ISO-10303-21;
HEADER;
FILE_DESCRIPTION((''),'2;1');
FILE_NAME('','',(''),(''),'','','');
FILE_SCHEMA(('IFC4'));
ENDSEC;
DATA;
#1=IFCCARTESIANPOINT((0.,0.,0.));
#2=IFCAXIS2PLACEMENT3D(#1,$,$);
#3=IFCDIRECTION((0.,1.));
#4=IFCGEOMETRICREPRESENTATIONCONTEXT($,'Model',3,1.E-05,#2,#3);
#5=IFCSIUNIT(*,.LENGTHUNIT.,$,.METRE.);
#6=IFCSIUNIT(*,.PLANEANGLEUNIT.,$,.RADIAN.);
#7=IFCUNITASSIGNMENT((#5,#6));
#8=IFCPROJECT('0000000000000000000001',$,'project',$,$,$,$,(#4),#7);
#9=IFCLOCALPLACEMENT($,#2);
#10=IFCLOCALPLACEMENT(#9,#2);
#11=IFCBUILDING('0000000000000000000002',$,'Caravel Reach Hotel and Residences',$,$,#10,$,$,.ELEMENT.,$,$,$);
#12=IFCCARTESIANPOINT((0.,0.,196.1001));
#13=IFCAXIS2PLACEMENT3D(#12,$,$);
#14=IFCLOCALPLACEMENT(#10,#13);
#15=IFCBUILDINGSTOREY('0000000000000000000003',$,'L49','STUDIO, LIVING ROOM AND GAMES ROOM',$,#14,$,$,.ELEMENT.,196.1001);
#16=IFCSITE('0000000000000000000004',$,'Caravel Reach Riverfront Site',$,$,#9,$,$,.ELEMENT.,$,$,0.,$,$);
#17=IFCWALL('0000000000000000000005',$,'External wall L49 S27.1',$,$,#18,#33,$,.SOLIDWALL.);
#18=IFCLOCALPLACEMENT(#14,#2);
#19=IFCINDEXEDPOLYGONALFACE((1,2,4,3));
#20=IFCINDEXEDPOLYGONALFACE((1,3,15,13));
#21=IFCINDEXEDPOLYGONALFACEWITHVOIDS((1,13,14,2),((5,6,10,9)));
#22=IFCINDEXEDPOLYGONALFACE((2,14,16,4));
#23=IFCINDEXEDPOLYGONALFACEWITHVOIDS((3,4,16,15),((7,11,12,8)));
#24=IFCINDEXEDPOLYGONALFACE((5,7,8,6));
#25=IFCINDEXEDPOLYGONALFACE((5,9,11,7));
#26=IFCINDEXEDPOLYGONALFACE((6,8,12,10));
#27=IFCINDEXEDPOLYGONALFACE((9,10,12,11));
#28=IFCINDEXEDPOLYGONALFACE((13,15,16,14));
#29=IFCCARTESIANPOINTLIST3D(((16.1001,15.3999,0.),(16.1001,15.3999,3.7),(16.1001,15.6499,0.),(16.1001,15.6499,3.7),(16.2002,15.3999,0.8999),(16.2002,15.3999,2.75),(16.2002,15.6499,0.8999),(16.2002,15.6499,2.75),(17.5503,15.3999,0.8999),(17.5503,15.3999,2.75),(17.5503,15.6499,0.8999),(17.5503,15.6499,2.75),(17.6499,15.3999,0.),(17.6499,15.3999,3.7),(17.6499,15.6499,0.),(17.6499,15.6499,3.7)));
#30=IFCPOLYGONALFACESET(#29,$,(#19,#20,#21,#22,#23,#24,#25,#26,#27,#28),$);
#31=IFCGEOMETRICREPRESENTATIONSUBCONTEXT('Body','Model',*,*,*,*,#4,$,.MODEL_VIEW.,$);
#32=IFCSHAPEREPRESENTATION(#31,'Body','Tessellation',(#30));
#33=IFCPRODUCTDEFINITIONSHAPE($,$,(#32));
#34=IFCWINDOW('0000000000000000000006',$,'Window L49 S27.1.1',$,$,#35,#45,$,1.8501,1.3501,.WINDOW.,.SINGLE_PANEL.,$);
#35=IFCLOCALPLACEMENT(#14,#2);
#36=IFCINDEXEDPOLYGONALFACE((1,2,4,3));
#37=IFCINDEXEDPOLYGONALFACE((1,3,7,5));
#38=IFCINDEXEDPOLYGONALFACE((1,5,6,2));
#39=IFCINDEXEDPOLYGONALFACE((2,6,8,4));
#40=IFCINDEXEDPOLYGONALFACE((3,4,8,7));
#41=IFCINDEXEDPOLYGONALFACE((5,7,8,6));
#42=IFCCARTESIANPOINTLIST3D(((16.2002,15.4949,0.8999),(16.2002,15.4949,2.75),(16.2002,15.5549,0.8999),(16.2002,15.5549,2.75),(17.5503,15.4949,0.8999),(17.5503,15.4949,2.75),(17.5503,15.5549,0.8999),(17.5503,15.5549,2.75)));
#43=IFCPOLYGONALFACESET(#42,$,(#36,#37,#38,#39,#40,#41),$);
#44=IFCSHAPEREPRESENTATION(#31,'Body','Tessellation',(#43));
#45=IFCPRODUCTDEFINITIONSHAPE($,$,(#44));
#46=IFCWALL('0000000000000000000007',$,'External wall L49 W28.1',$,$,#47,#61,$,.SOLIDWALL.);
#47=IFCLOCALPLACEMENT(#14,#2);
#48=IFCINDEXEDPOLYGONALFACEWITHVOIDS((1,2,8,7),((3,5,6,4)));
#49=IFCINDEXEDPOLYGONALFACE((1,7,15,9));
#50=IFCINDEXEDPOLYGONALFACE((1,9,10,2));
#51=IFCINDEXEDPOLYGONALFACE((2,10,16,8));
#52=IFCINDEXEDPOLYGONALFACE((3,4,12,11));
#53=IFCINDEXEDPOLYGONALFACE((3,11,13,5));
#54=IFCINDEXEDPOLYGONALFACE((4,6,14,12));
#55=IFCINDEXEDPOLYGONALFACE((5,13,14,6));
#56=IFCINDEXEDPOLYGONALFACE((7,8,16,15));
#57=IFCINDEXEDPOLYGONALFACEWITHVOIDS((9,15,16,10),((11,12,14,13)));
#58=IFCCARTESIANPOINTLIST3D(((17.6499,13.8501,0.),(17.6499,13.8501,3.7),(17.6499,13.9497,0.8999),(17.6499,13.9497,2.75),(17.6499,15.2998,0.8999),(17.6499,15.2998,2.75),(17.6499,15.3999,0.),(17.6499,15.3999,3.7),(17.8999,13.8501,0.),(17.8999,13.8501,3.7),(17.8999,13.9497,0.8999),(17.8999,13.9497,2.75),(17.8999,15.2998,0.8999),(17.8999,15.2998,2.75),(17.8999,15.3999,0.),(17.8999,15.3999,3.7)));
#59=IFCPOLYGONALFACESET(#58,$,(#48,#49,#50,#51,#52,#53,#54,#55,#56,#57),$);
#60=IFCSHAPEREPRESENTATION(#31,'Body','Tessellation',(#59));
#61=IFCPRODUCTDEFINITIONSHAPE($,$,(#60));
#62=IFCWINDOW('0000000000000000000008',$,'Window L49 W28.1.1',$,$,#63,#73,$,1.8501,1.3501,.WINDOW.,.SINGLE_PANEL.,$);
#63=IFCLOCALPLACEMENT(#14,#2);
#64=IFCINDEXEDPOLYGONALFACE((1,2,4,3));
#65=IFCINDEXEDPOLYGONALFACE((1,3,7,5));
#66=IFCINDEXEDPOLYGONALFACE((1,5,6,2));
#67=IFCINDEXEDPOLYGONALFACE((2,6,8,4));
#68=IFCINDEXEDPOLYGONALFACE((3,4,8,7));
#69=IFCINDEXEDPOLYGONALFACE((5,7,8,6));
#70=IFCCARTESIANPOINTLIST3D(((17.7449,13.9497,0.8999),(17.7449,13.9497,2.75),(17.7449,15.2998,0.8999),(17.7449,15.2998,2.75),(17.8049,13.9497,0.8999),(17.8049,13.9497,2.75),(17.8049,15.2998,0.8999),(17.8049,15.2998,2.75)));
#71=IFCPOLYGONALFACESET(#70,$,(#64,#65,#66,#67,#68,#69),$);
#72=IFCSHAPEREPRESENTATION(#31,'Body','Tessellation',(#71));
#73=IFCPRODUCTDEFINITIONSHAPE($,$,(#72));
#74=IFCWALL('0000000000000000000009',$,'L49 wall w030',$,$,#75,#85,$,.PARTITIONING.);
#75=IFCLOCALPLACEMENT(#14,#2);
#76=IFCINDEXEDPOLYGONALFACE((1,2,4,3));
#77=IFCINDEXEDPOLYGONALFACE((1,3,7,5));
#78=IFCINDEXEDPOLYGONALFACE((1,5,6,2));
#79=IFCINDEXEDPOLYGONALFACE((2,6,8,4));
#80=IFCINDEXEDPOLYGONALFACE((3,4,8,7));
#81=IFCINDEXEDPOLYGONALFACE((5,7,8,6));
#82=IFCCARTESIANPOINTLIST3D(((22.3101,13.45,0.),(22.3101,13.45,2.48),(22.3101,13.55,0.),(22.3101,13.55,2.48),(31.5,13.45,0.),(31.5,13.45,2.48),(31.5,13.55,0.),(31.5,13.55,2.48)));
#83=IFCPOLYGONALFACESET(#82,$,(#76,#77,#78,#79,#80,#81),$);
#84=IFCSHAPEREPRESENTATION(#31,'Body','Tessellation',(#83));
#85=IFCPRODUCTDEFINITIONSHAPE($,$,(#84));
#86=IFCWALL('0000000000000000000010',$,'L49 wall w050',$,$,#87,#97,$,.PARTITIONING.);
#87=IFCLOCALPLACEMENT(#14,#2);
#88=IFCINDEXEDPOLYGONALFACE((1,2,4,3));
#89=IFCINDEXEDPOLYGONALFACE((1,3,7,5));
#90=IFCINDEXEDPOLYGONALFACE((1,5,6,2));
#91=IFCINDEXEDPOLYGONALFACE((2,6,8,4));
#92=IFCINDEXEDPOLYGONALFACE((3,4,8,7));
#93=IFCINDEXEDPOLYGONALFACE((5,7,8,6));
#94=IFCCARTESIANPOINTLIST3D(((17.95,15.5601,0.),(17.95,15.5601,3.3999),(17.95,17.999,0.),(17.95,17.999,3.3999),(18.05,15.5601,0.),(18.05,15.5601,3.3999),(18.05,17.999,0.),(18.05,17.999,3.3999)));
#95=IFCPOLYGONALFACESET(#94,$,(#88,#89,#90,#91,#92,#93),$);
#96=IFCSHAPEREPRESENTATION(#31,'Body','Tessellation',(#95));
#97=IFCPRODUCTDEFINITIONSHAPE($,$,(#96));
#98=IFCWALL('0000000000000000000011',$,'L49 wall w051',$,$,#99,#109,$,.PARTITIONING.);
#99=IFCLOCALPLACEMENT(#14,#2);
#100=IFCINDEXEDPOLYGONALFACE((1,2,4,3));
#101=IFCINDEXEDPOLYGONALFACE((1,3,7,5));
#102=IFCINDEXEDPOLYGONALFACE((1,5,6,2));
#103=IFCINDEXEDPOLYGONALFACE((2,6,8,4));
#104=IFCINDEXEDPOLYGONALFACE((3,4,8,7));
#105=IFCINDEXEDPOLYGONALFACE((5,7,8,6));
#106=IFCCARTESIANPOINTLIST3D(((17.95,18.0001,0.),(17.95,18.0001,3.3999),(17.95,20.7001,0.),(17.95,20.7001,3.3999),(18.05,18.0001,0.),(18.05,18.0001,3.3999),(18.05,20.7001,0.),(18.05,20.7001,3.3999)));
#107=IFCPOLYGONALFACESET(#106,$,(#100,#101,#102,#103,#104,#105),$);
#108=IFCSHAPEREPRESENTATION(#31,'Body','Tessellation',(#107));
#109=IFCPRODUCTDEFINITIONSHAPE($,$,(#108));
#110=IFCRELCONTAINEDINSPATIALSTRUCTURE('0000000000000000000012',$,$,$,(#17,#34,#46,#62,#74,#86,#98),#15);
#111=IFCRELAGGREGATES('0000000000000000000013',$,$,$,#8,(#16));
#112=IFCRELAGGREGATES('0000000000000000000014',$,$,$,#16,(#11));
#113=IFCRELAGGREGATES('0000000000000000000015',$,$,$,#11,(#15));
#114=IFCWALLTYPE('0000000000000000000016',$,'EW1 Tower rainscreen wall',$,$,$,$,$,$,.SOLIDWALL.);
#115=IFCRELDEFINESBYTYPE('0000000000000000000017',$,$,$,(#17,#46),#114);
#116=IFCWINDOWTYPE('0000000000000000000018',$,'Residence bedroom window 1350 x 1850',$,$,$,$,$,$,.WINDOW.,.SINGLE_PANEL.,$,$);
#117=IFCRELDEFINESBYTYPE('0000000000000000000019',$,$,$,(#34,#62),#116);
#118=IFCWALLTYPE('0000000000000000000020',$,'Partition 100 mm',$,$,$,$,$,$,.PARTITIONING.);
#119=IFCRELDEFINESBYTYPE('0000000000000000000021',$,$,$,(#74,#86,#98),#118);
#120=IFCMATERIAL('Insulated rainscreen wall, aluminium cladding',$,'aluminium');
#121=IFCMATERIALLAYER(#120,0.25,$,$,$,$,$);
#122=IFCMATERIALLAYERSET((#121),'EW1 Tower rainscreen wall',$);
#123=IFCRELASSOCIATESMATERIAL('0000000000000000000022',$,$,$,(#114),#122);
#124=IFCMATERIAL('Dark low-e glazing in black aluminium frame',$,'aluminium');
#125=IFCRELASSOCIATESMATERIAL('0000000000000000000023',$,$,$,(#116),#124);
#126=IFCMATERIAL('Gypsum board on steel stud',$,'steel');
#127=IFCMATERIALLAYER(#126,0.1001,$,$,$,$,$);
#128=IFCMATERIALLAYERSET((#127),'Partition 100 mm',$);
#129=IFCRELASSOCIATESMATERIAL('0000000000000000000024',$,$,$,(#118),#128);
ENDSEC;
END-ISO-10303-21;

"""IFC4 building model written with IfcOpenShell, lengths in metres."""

from ifc_helpers import new_model, si_unit, direction, frame, frame_2d, origin, place, context, subcontext, project, spatial, rectangle, extrude, material, layer, layer_set, type_object, element, fill, save


model = new_model("IFC4")

# Units and contexts
model_context = context("Model", 3, precision=1e-05, world=origin(), true_north=direction((0.0, 1.0)))
body_context = subcontext(model_context, "Body", "Model", "MODEL_VIEW")
ifc_project = project(units=[si_unit("LENGTHUNIT", "METRE"), si_unit("PLANEANGLEUNIT", "RADIAN")], contexts=[model_context])

# Site, building, storey
site_placement = place(None, origin())
site = spatial("IfcSite", under=ifc_project, at=site_placement, Name="Caravel Reach Riverfront Site", CompositionType="ELEMENT", RefElevation=0.0)
building_placement = place(site_placement, origin())
building = spatial("IfcBuilding", under=site, at=building_placement, Name="Caravel Reach Hotel and Residences", CompositionType="ELEMENT")
storey_placement = place(building_placement, frame((0.0, 0.0, 196.1001)))
storey = spatial("IfcBuildingStorey", under=building, at=storey_placement, Name="L49", Description="STUDIO, LIVING ROOM AND GAMES ROOM", CompositionType="ELEMENT", Elevation=196.1001)

# Walls, openings, windows
ifc_material_1 = material(Name="Insulated rainscreen wall, aluminium cladding", Category="aluminium")
ifc_layer_1 = layer(ifc_material_1, 0.25)
ifc_layer_set_1 = layer_set([ifc_layer_1], Name="EW1 Tower rainscreen wall")
wall_type_1 = type_object("IfcWallType", Name="EW1 Tower rainscreen wall", PredefinedType="SOLIDWALL", material=ifc_layer_set_1)
wall_1_placement = place(storey_placement, frame((16.1001, 15.5249, 0.0), z_axis=(0.0, 0.0, 1.0), x_axis=(1.0, 0.0, 0.0)))
wall_1 = element("IfcWall", 1, at=wall_1_placement, inside=storey, type_object=wall_type_1, Name="External wall L49 S27.1", PredefinedType="SOLIDWALL", context=body_context, shape_type="SweptSolid", body=[
    extrude(rectangle(XDim=1.5498, YDim=0.25, at=frame_2d((0.7749, 0.0))), origin(), (0.0, 0.0, 1.0), 3.7),
])
opening_1_placement = place(wall_1_placement, frame((0.1001, 0.0, 0.8999)))
opening_1 = element("IfcOpeningElement", 2, at=opening_1_placement, cuts=wall_1, PredefinedType="OPENING", context=body_context, shape_type="SweptSolid", body=[
    extrude(rectangle(XDim=1.3501, YDim=1.8501, at=frame_2d((0.675, 0.925))), frame((0.0, 0.135, 0.0), z_axis=(0.0, -1.0, 0.0), x_axis=(1.0, 0.0, 0.0)), (0.0, 0.0, 1.0), 0.27),
])
ifc_material_2 = material(Name="Dark low-e glazing in black aluminium frame", Category="aluminium")
window_type = type_object("IfcWindowType", Name="Residence bedroom window 1350 x 1850", PartitioningType="SINGLE_PANEL", PredefinedType="WINDOW", material=ifc_material_2)
window_1_placement = place(opening_1_placement, origin())
window_1 = element("IfcWindow", 3, at=window_1_placement, inside=storey, type_object=window_type, Name="Window L49 S27.1.1", OverallHeight=1.8501, OverallWidth=1.3501, PartitioningType="SINGLE_PANEL", PredefinedType="WINDOW", context=body_context, shape_type="SweptSolid", body=[
    extrude(rectangle(XDim=1.3501, YDim=1.8501, at=frame_2d((0.675, 0.925))), frame((0.0, 0.03, 0.0), z_axis=(0.0, -1.0, 0.0), x_axis=(1.0, 0.0, 0.0)), (0.0, 0.0, 1.0), 0.0601),
])
fill(opening_1, window_1)
wall_2_placement = place(storey_placement, frame((17.7749, 15.3999, 0.0), z_axis=(0.0, 0.0, 1.0), x_axis=(0.0, -1.0, 0.0)))
wall_2 = element("IfcWall", 4, at=wall_2_placement, inside=storey, type_object=wall_type_1, Name="External wall L49 W28.1", PredefinedType="SOLIDWALL", context=body_context, shape_type="SweptSolid", body=[
    extrude(rectangle(XDim=1.5498, YDim=0.25, at=frame_2d((0.7749, 0.0))), origin(), (0.0, 0.0, 1.0), 3.7),
])
opening_2_placement = place(wall_2_placement, frame((0.1001, 0.0, 0.8999)))
opening_2 = element("IfcOpeningElement", 5, at=opening_2_placement, cuts=wall_2, PredefinedType="OPENING", context=body_context, shape_type="SweptSolid", body=[
    extrude(rectangle(XDim=1.3501, YDim=1.8501, at=frame_2d((0.675, 0.925))), frame((0.0, 0.135, 0.0), z_axis=(0.0, -1.0, 0.0), x_axis=(1.0, 0.0, 0.0)), (0.0, 0.0, 1.0), 0.27),
])
window_2_placement = place(opening_2_placement, origin())
window_2 = element("IfcWindow", 6, at=window_2_placement, inside=storey, type_object=window_type, Name="Window L49 W28.1.1", OverallHeight=1.8501, OverallWidth=1.3501, PartitioningType="SINGLE_PANEL", PredefinedType="WINDOW", context=body_context, shape_type="SweptSolid", body=[
    extrude(rectangle(XDim=1.3501, YDim=1.8501, at=frame_2d((0.675, 0.925))), frame((0.0, 0.03, 0.0), z_axis=(0.0, -1.0, 0.0), x_axis=(1.0, 0.0, 0.0)), (0.0, 0.0, 1.0), 0.0601),
])
fill(opening_2, window_2)

# Walls
ifc_material_3 = material(Name="Gypsum board on steel stud", Category="steel")
ifc_layer_2 = layer(ifc_material_3, 0.1001)
ifc_layer_set_2 = layer_set([ifc_layer_2], Name="Partition 100 mm")
wall_type_2 = type_object("IfcWallType", Name="Partition 100 mm", PredefinedType="PARTITIONING", material=ifc_layer_set_2)
wall_3_placement = place(storey_placement, frame((22.3101, 13.5, 0.0), z_axis=(0.0, 0.0, 1.0), x_axis=(1.0, 0.0, 0.0)))
element("IfcWall", 7, at=wall_3_placement, inside=storey, type_object=wall_type_2, Name="L49 wall w030", PredefinedType="PARTITIONING", context=body_context, shape_type="SweptSolid", body=[
    extrude(rectangle(XDim=9.1899, YDim=0.1001, at=frame_2d((4.595, 0.0))), origin(), (0.0, 0.0, 1.0), 2.48),
])
wall_4_placement = place(storey_placement, frame((18.0, 15.5601, 0.0), z_axis=(0.0, 0.0, 1.0), x_axis=(0.0, 1.0, 0.0)))
element("IfcWall", 8, at=wall_4_placement, inside=storey, type_object=wall_type_2, Name="L49 wall w050", PredefinedType="PARTITIONING", context=body_context, shape_type="SweptSolid", body=[
    extrude(rectangle(XDim=2.439, YDim=0.1001, at=frame_2d((1.2195, 0.0))), origin(), (0.0, 0.0, 1.0), 3.3999),
])
wall_5_placement = place(storey_placement, frame((18.0, 18.0, 0.0), z_axis=(0.0, 0.0, 1.0), x_axis=(0.0, 1.0, 0.0)))
element("IfcWall", 9, at=wall_5_placement, inside=storey, type_object=wall_type_2, Name="L49 wall w051", PredefinedType="PARTITIONING", context=body_context, shape_type="SweptSolid", body=[
    extrude(rectangle(XDim=2.7, YDim=0.1001, at=frame_2d((1.3501, 0.0))), origin(), (0.0, 0.0, 1.0), 3.3999),
])

save(model, "model.ifc")
